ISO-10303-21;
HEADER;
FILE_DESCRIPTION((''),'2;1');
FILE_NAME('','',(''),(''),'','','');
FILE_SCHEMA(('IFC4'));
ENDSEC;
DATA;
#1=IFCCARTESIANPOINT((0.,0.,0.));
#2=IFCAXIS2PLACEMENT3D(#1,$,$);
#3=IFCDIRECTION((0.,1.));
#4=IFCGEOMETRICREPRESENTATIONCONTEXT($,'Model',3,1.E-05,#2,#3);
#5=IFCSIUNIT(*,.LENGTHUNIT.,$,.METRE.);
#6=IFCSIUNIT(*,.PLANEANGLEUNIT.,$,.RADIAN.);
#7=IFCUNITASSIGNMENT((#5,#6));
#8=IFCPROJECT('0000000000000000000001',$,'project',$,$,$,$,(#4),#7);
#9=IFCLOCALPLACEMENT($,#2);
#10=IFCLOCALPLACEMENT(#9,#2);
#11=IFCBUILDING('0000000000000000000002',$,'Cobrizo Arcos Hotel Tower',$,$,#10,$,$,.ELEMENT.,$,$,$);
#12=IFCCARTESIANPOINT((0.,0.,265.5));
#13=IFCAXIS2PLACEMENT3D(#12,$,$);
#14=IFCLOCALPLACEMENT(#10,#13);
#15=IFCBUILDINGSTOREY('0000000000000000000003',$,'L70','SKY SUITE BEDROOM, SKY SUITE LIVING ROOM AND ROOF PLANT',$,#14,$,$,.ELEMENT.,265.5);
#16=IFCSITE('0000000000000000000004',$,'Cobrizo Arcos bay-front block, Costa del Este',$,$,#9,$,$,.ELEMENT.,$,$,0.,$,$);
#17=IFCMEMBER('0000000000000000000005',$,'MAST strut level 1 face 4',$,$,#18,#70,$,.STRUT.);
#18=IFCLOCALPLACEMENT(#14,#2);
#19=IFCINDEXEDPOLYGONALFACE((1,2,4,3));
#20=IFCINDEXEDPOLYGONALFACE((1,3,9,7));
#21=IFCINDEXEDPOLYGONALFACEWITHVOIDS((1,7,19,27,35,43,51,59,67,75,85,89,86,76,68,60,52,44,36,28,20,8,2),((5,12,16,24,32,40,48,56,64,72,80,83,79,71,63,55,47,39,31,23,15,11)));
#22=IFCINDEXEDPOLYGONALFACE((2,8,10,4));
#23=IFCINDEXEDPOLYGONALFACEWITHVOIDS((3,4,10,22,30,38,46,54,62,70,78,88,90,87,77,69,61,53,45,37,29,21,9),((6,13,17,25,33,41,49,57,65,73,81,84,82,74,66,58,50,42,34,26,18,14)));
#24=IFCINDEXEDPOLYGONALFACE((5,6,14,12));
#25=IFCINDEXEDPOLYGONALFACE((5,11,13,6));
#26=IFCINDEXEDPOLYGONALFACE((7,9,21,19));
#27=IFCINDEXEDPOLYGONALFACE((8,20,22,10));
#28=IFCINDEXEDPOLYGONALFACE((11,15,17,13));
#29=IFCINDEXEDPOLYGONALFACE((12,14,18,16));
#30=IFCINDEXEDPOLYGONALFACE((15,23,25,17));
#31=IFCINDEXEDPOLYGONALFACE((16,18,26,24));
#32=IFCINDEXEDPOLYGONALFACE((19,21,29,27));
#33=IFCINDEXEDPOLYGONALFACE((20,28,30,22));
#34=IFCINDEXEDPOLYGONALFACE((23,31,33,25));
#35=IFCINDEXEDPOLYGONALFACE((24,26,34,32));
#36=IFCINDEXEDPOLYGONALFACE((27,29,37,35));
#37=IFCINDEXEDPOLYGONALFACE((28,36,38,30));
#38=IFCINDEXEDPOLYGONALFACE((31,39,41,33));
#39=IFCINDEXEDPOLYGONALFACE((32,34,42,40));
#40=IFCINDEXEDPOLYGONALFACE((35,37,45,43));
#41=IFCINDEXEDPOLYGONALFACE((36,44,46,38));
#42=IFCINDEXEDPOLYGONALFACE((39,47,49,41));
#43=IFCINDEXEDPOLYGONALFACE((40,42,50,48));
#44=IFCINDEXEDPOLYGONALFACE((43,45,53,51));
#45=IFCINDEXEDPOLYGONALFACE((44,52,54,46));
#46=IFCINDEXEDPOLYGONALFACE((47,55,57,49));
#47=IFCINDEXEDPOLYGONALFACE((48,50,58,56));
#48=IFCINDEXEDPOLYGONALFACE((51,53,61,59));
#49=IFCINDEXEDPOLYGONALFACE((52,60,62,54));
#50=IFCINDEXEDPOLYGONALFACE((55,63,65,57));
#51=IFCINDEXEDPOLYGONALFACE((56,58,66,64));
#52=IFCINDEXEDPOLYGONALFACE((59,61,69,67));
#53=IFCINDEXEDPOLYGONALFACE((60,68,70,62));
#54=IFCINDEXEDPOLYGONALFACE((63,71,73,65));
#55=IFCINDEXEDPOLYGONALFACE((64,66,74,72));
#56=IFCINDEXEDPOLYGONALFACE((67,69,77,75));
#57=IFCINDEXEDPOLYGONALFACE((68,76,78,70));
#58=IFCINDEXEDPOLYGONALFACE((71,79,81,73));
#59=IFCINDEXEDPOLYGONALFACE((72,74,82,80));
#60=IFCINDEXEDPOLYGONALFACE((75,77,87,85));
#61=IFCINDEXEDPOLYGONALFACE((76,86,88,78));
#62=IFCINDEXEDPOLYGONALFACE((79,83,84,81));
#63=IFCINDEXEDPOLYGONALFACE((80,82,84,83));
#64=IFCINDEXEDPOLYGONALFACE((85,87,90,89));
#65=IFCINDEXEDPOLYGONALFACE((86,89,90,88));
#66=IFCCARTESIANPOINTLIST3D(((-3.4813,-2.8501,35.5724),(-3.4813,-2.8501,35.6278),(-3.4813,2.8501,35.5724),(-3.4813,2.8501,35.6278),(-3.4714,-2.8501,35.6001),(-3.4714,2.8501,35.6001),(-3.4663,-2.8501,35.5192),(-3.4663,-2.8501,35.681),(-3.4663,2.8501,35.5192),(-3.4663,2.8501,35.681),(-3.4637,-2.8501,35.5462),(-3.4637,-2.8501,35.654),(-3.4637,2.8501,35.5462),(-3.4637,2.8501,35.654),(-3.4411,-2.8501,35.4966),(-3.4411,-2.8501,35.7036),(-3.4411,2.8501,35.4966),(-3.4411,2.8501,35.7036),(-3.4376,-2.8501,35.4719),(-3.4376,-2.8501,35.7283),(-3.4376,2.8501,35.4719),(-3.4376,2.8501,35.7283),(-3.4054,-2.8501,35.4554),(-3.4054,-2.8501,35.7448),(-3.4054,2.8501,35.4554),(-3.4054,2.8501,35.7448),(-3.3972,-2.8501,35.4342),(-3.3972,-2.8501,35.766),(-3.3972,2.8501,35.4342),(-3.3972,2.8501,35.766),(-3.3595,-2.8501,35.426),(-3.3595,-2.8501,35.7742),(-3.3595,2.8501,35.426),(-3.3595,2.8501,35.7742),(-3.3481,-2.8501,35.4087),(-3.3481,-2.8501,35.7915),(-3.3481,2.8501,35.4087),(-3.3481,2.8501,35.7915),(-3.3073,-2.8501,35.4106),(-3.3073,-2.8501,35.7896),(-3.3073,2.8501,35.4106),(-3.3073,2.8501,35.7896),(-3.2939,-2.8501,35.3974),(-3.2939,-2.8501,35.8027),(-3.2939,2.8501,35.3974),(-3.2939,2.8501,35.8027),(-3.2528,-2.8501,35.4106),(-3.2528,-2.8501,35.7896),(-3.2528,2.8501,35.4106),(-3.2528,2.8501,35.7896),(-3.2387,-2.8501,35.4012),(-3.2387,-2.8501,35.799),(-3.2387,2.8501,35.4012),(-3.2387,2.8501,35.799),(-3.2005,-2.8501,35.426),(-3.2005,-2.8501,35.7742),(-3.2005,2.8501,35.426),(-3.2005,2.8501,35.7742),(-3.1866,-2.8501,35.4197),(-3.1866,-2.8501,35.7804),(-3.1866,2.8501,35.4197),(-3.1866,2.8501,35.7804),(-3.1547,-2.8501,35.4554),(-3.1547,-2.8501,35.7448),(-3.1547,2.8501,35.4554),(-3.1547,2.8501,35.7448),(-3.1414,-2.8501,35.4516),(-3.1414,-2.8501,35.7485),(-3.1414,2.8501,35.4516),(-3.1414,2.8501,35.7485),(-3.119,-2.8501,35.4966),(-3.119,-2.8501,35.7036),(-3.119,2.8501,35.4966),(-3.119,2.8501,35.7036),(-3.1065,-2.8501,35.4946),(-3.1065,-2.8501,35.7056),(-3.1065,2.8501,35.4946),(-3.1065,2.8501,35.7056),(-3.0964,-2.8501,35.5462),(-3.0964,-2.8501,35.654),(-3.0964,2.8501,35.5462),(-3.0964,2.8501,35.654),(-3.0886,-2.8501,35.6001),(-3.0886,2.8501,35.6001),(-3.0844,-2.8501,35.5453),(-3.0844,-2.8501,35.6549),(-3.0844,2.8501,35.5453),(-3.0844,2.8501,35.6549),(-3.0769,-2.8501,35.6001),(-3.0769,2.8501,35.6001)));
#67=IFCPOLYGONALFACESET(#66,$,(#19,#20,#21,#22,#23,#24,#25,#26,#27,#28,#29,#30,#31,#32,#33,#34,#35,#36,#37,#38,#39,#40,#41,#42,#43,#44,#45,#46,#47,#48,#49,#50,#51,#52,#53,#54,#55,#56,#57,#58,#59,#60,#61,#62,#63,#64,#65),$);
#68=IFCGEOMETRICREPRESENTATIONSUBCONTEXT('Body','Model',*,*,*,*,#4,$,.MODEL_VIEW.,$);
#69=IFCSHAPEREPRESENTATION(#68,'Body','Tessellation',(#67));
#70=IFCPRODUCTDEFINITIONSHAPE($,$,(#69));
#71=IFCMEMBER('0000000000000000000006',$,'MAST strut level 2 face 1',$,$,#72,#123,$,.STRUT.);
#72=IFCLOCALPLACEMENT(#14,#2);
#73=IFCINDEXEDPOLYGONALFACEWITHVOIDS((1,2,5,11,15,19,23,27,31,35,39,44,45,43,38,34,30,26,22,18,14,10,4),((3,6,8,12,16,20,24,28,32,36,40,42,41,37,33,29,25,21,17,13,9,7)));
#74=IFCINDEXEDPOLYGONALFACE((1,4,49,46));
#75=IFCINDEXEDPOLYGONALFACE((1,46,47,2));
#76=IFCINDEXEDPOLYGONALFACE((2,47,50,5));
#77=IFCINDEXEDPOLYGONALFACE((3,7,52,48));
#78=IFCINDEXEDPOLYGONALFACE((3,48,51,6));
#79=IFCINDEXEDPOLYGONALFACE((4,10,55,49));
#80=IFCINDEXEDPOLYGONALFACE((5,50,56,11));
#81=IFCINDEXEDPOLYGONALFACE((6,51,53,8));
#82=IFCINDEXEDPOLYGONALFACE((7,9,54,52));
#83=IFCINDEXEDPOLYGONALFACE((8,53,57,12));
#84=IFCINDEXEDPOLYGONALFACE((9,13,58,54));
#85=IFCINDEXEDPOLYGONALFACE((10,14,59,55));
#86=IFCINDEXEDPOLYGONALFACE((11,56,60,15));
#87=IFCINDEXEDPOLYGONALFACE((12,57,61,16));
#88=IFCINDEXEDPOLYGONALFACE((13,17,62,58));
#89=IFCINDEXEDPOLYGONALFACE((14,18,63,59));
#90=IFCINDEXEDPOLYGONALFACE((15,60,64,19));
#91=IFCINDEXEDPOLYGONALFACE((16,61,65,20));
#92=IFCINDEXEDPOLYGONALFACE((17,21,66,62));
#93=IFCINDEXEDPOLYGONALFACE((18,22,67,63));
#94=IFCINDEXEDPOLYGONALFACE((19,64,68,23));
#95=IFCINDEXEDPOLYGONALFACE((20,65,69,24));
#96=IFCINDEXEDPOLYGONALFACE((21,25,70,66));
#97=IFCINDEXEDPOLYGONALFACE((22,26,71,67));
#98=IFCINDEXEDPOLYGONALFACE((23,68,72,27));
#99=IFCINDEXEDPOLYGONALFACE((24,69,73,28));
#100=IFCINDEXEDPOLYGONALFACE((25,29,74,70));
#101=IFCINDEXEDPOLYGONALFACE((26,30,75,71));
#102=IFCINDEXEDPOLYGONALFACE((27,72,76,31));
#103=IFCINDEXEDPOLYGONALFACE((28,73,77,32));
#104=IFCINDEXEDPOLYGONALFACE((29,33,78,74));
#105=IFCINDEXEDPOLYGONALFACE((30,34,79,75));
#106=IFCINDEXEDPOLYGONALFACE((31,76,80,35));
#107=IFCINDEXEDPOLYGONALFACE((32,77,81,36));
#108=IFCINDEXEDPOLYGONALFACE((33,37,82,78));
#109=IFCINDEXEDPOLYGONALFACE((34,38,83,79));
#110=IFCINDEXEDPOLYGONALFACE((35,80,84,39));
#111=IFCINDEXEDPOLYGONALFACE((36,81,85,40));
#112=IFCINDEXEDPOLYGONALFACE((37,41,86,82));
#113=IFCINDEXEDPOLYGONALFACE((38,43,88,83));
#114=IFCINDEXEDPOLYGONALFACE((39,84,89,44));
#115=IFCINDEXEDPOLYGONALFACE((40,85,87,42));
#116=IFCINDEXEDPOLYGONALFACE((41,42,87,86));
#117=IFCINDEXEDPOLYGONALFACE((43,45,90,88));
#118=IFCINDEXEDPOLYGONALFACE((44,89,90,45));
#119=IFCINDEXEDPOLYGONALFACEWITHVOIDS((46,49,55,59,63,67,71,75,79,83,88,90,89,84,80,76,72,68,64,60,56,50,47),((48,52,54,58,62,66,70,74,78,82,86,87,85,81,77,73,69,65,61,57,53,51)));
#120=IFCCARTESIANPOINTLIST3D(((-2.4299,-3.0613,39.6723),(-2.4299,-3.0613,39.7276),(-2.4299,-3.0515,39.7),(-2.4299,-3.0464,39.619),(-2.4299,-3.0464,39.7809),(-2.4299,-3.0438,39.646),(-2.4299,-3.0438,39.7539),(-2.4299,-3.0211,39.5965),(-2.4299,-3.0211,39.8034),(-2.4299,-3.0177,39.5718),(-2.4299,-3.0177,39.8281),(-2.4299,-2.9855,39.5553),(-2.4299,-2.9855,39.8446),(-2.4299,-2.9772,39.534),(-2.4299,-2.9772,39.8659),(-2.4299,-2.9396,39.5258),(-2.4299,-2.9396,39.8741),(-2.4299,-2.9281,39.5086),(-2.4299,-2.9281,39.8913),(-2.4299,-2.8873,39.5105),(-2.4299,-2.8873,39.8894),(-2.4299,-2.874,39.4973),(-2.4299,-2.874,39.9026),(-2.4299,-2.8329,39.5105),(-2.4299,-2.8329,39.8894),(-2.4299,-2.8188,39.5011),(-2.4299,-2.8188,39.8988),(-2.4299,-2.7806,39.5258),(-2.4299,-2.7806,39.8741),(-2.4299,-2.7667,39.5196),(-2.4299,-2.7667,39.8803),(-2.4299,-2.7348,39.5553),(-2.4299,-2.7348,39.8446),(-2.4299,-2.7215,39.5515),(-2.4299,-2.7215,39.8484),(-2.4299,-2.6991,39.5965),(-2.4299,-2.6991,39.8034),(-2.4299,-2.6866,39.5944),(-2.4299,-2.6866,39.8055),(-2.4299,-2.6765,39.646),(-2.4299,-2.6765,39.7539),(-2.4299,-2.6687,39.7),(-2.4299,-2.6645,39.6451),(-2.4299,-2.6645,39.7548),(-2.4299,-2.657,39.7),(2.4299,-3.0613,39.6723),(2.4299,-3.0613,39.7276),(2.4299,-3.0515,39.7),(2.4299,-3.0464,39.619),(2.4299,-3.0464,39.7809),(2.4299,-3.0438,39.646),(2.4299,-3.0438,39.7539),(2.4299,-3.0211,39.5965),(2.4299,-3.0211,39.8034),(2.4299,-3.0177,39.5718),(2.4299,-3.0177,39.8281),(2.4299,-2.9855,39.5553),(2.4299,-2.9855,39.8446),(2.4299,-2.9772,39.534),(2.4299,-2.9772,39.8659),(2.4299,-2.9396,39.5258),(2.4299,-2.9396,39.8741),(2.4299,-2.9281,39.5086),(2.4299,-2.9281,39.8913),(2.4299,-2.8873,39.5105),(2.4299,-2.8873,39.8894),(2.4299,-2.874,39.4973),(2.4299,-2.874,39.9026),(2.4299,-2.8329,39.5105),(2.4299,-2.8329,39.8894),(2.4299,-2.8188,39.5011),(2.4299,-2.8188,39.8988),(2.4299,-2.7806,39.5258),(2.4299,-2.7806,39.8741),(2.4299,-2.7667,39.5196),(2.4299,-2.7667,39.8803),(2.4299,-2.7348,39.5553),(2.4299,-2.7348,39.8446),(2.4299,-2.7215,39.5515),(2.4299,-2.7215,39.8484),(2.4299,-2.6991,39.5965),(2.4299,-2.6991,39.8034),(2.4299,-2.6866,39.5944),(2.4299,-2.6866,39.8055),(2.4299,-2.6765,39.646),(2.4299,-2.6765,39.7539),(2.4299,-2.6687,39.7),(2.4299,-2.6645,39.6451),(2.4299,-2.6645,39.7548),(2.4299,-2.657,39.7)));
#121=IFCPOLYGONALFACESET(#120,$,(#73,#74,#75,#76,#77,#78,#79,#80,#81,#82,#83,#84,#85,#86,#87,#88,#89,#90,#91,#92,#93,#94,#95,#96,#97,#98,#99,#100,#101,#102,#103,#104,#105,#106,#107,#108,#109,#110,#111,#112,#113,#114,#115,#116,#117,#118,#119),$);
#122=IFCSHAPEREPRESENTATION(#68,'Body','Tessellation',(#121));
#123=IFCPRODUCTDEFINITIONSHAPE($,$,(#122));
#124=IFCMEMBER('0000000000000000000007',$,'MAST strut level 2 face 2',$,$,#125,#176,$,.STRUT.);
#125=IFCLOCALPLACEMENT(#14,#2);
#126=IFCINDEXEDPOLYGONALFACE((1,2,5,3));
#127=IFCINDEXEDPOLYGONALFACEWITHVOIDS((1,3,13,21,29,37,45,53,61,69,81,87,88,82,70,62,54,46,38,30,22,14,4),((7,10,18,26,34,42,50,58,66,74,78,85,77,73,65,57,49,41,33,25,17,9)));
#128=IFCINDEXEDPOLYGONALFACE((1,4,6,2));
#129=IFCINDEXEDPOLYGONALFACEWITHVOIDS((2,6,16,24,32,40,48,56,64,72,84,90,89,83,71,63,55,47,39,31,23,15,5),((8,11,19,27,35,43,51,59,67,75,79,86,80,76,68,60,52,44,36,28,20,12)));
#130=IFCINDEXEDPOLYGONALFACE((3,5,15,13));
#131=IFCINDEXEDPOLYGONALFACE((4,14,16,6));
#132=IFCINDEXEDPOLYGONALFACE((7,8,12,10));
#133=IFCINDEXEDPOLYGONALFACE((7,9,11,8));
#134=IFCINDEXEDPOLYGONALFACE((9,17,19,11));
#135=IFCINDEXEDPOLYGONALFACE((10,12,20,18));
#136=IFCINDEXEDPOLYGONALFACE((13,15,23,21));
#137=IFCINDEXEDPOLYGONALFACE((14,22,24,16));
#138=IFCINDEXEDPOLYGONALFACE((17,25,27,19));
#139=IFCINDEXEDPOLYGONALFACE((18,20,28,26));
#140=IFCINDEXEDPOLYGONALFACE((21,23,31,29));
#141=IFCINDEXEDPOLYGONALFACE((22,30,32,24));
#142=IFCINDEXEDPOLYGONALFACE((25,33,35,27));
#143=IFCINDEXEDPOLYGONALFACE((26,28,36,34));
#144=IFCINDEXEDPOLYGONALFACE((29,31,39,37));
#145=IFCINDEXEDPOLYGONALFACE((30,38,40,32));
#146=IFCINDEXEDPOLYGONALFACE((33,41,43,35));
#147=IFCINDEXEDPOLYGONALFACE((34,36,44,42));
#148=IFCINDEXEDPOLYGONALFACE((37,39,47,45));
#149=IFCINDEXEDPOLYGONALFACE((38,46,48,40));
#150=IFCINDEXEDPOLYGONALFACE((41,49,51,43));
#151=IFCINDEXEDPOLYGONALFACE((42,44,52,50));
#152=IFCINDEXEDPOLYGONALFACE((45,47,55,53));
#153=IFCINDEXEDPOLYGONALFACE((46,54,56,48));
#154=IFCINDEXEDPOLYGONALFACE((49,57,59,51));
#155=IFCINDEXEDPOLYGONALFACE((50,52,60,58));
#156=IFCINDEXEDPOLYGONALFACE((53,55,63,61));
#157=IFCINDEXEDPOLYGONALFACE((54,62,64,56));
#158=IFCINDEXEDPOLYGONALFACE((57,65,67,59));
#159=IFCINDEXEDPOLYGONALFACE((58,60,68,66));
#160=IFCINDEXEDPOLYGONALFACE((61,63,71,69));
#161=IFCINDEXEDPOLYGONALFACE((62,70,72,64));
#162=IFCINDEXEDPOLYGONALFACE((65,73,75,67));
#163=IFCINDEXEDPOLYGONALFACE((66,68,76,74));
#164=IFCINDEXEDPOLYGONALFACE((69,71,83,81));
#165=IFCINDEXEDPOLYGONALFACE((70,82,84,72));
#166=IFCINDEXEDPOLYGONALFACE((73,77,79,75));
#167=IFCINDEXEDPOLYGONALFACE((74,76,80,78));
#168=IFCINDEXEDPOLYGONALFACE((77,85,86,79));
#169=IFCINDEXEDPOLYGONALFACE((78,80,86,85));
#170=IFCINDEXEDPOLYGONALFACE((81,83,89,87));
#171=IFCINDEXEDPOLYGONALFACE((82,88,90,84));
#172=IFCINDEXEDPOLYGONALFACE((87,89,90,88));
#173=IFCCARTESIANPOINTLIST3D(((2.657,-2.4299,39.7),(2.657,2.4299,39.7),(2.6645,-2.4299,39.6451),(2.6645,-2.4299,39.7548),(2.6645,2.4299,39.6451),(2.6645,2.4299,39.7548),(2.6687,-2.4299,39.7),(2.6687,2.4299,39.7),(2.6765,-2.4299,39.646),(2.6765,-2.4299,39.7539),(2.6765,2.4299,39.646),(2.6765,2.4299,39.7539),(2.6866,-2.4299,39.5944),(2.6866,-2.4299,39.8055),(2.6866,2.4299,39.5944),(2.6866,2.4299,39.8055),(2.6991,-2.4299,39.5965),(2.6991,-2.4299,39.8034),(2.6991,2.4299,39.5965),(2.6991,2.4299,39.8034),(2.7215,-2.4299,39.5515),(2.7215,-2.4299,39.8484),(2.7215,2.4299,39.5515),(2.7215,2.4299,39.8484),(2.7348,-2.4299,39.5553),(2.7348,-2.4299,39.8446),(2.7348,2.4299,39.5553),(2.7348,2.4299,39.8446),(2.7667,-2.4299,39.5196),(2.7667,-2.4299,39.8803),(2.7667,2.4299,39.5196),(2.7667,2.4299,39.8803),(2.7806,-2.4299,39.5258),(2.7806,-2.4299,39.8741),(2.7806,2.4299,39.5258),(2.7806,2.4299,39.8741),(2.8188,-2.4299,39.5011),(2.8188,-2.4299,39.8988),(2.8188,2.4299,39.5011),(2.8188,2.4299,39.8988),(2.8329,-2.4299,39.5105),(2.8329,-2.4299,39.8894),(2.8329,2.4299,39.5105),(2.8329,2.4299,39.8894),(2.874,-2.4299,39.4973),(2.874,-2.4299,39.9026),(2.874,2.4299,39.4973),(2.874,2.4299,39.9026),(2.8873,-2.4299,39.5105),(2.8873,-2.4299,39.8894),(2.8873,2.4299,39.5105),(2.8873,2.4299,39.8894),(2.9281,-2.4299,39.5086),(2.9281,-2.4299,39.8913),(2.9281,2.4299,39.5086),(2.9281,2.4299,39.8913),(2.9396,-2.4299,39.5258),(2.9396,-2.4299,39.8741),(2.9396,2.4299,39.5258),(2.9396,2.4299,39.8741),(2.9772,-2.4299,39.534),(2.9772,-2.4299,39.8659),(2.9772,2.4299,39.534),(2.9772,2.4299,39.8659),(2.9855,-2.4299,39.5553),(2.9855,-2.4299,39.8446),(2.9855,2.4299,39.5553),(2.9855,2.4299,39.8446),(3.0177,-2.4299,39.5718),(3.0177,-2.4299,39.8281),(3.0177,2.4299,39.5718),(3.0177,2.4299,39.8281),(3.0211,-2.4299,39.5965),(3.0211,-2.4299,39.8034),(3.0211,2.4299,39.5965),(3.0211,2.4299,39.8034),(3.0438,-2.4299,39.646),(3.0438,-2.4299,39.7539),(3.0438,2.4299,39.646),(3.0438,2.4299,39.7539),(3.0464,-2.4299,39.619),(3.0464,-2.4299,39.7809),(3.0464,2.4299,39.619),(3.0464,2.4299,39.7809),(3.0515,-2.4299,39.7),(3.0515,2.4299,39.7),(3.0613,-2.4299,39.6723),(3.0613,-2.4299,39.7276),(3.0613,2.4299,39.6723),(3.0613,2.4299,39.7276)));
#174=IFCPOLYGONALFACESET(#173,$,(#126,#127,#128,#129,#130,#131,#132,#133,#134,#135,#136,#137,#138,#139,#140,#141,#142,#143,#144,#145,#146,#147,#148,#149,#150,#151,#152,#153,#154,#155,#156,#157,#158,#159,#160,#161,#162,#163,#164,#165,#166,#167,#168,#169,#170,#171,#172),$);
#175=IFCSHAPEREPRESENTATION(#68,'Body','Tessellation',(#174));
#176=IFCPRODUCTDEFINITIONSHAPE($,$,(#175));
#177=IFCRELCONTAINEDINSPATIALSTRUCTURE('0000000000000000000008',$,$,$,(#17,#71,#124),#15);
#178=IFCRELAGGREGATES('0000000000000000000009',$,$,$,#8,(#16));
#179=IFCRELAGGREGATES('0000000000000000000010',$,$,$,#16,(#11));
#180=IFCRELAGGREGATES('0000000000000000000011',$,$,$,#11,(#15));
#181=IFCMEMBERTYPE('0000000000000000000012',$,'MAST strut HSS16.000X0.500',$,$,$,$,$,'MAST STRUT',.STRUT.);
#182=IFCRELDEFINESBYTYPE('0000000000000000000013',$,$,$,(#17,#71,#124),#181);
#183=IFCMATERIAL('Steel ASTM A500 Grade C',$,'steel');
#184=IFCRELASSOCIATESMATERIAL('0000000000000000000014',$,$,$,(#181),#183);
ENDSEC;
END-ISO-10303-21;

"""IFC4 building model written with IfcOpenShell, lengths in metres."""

from ifc_helpers import new_model, si_unit, direction, frame, origin, origin_2d, place, context, subcontext, project, spatial, hollow_circle, extrude, material, material_profile, profile_set, type_object, element, save


model = new_model("IFC4")

# Units and contexts
model_context = context("Model", 3, precision=1e-05, world=origin(), true_north=direction((0.0, 1.0)))
body_context = subcontext(model_context, "Body", "Model", "MODEL_VIEW")
ifc_project = project(units=[si_unit("LENGTHUNIT", "METRE"), si_unit("PLANEANGLEUNIT", "RADIAN")], contexts=[model_context])

# Site, building, storey
site_placement = place(None, origin())
site = spatial("IfcSite", under=ifc_project, at=site_placement, Name="Cobrizo Arcos bay-front block, Costa del Este", CompositionType="ELEMENT", RefElevation=0.0)
building_placement = place(site_placement, origin())
building = spatial("IfcBuilding", under=site, at=building_placement, Name="Cobrizo Arcos Hotel Tower", CompositionType="ELEMENT")
storey_placement = place(building_placement, frame((0.0, 0.0, 265.5)))
storey = spatial("IfcBuildingStorey", under=building, at=storey_placement, Name="L70", Description="SKY SUITE BEDROOM, SKY SUITE LIVING ROOM AND ROOF PLANT", CompositionType="ELEMENT", Elevation=265.5)

# Members
ifc_material_1 = material(Name="Steel ASTM A500 Grade C", Category="steel")
ifc_material_profile_1 = material_profile(ifc_material_1, hollow_circle(Radius=0.2031, WallThickness=0.0117, at=origin_2d()), Name="HSS16.000X0.500")
ifc_profile_set_1 = profile_set([ifc_material_profile_1], Name="Steel ASTM A500 Grade C")
member_type_1 = type_object("IfcMemberType", Name="MAST strut HSS16.000X0.500", ElementType="MAST STRUT", PredefinedType="STRUT", material=ifc_profile_set_1)
for number, where, z_axis, x_axis, name in (
    (1, (-3.28, 2.8501, 35.6001), (0.0, -1.0, 0.0), (1.0, 0.0, 0.0), "MAST strut level 1 face 4"),
):
    element("IfcMember", number, at=place(storey_placement, frame(where, z_axis=z_axis, x_axis=x_axis)), inside=storey, type_object=member_type_1, Name=name, PredefinedType="STRUT", context=body_context, shape_type="SweptSolid", body=[
        extrude(hollow_circle(Radius=0.2031, WallThickness=0.0117, at=origin_2d()), origin(), (0.0, 0.0, 1.0), 5.7002),
    ])
for number, where, z_axis, x_axis, name in (
    (2, (-2.4299, -2.8601, 39.7), (1.0, 0.0, 0.0), (0.0, 1.0, 0.0), "MAST strut level 2 face 1"),
    (3, (2.8601, -2.4299, 39.7), (0.0, 1.0, 0.0), (-1.0, 0.0, 0.0), "MAST strut level 2 face 2"),
):
    element("IfcMember", number, at=place(storey_placement, frame(where, z_axis=z_axis, x_axis=x_axis)), inside=storey, type_object=member_type_1, Name=name, PredefinedType="STRUT", context=body_context, shape_type="SweptSolid", body=[
        extrude(hollow_circle(Radius=0.2031, WallThickness=0.0117, at=origin_2d()), origin(), (0.0, 0.0, 1.0), 4.8599),
    ])

save(model, "model.ifc")
